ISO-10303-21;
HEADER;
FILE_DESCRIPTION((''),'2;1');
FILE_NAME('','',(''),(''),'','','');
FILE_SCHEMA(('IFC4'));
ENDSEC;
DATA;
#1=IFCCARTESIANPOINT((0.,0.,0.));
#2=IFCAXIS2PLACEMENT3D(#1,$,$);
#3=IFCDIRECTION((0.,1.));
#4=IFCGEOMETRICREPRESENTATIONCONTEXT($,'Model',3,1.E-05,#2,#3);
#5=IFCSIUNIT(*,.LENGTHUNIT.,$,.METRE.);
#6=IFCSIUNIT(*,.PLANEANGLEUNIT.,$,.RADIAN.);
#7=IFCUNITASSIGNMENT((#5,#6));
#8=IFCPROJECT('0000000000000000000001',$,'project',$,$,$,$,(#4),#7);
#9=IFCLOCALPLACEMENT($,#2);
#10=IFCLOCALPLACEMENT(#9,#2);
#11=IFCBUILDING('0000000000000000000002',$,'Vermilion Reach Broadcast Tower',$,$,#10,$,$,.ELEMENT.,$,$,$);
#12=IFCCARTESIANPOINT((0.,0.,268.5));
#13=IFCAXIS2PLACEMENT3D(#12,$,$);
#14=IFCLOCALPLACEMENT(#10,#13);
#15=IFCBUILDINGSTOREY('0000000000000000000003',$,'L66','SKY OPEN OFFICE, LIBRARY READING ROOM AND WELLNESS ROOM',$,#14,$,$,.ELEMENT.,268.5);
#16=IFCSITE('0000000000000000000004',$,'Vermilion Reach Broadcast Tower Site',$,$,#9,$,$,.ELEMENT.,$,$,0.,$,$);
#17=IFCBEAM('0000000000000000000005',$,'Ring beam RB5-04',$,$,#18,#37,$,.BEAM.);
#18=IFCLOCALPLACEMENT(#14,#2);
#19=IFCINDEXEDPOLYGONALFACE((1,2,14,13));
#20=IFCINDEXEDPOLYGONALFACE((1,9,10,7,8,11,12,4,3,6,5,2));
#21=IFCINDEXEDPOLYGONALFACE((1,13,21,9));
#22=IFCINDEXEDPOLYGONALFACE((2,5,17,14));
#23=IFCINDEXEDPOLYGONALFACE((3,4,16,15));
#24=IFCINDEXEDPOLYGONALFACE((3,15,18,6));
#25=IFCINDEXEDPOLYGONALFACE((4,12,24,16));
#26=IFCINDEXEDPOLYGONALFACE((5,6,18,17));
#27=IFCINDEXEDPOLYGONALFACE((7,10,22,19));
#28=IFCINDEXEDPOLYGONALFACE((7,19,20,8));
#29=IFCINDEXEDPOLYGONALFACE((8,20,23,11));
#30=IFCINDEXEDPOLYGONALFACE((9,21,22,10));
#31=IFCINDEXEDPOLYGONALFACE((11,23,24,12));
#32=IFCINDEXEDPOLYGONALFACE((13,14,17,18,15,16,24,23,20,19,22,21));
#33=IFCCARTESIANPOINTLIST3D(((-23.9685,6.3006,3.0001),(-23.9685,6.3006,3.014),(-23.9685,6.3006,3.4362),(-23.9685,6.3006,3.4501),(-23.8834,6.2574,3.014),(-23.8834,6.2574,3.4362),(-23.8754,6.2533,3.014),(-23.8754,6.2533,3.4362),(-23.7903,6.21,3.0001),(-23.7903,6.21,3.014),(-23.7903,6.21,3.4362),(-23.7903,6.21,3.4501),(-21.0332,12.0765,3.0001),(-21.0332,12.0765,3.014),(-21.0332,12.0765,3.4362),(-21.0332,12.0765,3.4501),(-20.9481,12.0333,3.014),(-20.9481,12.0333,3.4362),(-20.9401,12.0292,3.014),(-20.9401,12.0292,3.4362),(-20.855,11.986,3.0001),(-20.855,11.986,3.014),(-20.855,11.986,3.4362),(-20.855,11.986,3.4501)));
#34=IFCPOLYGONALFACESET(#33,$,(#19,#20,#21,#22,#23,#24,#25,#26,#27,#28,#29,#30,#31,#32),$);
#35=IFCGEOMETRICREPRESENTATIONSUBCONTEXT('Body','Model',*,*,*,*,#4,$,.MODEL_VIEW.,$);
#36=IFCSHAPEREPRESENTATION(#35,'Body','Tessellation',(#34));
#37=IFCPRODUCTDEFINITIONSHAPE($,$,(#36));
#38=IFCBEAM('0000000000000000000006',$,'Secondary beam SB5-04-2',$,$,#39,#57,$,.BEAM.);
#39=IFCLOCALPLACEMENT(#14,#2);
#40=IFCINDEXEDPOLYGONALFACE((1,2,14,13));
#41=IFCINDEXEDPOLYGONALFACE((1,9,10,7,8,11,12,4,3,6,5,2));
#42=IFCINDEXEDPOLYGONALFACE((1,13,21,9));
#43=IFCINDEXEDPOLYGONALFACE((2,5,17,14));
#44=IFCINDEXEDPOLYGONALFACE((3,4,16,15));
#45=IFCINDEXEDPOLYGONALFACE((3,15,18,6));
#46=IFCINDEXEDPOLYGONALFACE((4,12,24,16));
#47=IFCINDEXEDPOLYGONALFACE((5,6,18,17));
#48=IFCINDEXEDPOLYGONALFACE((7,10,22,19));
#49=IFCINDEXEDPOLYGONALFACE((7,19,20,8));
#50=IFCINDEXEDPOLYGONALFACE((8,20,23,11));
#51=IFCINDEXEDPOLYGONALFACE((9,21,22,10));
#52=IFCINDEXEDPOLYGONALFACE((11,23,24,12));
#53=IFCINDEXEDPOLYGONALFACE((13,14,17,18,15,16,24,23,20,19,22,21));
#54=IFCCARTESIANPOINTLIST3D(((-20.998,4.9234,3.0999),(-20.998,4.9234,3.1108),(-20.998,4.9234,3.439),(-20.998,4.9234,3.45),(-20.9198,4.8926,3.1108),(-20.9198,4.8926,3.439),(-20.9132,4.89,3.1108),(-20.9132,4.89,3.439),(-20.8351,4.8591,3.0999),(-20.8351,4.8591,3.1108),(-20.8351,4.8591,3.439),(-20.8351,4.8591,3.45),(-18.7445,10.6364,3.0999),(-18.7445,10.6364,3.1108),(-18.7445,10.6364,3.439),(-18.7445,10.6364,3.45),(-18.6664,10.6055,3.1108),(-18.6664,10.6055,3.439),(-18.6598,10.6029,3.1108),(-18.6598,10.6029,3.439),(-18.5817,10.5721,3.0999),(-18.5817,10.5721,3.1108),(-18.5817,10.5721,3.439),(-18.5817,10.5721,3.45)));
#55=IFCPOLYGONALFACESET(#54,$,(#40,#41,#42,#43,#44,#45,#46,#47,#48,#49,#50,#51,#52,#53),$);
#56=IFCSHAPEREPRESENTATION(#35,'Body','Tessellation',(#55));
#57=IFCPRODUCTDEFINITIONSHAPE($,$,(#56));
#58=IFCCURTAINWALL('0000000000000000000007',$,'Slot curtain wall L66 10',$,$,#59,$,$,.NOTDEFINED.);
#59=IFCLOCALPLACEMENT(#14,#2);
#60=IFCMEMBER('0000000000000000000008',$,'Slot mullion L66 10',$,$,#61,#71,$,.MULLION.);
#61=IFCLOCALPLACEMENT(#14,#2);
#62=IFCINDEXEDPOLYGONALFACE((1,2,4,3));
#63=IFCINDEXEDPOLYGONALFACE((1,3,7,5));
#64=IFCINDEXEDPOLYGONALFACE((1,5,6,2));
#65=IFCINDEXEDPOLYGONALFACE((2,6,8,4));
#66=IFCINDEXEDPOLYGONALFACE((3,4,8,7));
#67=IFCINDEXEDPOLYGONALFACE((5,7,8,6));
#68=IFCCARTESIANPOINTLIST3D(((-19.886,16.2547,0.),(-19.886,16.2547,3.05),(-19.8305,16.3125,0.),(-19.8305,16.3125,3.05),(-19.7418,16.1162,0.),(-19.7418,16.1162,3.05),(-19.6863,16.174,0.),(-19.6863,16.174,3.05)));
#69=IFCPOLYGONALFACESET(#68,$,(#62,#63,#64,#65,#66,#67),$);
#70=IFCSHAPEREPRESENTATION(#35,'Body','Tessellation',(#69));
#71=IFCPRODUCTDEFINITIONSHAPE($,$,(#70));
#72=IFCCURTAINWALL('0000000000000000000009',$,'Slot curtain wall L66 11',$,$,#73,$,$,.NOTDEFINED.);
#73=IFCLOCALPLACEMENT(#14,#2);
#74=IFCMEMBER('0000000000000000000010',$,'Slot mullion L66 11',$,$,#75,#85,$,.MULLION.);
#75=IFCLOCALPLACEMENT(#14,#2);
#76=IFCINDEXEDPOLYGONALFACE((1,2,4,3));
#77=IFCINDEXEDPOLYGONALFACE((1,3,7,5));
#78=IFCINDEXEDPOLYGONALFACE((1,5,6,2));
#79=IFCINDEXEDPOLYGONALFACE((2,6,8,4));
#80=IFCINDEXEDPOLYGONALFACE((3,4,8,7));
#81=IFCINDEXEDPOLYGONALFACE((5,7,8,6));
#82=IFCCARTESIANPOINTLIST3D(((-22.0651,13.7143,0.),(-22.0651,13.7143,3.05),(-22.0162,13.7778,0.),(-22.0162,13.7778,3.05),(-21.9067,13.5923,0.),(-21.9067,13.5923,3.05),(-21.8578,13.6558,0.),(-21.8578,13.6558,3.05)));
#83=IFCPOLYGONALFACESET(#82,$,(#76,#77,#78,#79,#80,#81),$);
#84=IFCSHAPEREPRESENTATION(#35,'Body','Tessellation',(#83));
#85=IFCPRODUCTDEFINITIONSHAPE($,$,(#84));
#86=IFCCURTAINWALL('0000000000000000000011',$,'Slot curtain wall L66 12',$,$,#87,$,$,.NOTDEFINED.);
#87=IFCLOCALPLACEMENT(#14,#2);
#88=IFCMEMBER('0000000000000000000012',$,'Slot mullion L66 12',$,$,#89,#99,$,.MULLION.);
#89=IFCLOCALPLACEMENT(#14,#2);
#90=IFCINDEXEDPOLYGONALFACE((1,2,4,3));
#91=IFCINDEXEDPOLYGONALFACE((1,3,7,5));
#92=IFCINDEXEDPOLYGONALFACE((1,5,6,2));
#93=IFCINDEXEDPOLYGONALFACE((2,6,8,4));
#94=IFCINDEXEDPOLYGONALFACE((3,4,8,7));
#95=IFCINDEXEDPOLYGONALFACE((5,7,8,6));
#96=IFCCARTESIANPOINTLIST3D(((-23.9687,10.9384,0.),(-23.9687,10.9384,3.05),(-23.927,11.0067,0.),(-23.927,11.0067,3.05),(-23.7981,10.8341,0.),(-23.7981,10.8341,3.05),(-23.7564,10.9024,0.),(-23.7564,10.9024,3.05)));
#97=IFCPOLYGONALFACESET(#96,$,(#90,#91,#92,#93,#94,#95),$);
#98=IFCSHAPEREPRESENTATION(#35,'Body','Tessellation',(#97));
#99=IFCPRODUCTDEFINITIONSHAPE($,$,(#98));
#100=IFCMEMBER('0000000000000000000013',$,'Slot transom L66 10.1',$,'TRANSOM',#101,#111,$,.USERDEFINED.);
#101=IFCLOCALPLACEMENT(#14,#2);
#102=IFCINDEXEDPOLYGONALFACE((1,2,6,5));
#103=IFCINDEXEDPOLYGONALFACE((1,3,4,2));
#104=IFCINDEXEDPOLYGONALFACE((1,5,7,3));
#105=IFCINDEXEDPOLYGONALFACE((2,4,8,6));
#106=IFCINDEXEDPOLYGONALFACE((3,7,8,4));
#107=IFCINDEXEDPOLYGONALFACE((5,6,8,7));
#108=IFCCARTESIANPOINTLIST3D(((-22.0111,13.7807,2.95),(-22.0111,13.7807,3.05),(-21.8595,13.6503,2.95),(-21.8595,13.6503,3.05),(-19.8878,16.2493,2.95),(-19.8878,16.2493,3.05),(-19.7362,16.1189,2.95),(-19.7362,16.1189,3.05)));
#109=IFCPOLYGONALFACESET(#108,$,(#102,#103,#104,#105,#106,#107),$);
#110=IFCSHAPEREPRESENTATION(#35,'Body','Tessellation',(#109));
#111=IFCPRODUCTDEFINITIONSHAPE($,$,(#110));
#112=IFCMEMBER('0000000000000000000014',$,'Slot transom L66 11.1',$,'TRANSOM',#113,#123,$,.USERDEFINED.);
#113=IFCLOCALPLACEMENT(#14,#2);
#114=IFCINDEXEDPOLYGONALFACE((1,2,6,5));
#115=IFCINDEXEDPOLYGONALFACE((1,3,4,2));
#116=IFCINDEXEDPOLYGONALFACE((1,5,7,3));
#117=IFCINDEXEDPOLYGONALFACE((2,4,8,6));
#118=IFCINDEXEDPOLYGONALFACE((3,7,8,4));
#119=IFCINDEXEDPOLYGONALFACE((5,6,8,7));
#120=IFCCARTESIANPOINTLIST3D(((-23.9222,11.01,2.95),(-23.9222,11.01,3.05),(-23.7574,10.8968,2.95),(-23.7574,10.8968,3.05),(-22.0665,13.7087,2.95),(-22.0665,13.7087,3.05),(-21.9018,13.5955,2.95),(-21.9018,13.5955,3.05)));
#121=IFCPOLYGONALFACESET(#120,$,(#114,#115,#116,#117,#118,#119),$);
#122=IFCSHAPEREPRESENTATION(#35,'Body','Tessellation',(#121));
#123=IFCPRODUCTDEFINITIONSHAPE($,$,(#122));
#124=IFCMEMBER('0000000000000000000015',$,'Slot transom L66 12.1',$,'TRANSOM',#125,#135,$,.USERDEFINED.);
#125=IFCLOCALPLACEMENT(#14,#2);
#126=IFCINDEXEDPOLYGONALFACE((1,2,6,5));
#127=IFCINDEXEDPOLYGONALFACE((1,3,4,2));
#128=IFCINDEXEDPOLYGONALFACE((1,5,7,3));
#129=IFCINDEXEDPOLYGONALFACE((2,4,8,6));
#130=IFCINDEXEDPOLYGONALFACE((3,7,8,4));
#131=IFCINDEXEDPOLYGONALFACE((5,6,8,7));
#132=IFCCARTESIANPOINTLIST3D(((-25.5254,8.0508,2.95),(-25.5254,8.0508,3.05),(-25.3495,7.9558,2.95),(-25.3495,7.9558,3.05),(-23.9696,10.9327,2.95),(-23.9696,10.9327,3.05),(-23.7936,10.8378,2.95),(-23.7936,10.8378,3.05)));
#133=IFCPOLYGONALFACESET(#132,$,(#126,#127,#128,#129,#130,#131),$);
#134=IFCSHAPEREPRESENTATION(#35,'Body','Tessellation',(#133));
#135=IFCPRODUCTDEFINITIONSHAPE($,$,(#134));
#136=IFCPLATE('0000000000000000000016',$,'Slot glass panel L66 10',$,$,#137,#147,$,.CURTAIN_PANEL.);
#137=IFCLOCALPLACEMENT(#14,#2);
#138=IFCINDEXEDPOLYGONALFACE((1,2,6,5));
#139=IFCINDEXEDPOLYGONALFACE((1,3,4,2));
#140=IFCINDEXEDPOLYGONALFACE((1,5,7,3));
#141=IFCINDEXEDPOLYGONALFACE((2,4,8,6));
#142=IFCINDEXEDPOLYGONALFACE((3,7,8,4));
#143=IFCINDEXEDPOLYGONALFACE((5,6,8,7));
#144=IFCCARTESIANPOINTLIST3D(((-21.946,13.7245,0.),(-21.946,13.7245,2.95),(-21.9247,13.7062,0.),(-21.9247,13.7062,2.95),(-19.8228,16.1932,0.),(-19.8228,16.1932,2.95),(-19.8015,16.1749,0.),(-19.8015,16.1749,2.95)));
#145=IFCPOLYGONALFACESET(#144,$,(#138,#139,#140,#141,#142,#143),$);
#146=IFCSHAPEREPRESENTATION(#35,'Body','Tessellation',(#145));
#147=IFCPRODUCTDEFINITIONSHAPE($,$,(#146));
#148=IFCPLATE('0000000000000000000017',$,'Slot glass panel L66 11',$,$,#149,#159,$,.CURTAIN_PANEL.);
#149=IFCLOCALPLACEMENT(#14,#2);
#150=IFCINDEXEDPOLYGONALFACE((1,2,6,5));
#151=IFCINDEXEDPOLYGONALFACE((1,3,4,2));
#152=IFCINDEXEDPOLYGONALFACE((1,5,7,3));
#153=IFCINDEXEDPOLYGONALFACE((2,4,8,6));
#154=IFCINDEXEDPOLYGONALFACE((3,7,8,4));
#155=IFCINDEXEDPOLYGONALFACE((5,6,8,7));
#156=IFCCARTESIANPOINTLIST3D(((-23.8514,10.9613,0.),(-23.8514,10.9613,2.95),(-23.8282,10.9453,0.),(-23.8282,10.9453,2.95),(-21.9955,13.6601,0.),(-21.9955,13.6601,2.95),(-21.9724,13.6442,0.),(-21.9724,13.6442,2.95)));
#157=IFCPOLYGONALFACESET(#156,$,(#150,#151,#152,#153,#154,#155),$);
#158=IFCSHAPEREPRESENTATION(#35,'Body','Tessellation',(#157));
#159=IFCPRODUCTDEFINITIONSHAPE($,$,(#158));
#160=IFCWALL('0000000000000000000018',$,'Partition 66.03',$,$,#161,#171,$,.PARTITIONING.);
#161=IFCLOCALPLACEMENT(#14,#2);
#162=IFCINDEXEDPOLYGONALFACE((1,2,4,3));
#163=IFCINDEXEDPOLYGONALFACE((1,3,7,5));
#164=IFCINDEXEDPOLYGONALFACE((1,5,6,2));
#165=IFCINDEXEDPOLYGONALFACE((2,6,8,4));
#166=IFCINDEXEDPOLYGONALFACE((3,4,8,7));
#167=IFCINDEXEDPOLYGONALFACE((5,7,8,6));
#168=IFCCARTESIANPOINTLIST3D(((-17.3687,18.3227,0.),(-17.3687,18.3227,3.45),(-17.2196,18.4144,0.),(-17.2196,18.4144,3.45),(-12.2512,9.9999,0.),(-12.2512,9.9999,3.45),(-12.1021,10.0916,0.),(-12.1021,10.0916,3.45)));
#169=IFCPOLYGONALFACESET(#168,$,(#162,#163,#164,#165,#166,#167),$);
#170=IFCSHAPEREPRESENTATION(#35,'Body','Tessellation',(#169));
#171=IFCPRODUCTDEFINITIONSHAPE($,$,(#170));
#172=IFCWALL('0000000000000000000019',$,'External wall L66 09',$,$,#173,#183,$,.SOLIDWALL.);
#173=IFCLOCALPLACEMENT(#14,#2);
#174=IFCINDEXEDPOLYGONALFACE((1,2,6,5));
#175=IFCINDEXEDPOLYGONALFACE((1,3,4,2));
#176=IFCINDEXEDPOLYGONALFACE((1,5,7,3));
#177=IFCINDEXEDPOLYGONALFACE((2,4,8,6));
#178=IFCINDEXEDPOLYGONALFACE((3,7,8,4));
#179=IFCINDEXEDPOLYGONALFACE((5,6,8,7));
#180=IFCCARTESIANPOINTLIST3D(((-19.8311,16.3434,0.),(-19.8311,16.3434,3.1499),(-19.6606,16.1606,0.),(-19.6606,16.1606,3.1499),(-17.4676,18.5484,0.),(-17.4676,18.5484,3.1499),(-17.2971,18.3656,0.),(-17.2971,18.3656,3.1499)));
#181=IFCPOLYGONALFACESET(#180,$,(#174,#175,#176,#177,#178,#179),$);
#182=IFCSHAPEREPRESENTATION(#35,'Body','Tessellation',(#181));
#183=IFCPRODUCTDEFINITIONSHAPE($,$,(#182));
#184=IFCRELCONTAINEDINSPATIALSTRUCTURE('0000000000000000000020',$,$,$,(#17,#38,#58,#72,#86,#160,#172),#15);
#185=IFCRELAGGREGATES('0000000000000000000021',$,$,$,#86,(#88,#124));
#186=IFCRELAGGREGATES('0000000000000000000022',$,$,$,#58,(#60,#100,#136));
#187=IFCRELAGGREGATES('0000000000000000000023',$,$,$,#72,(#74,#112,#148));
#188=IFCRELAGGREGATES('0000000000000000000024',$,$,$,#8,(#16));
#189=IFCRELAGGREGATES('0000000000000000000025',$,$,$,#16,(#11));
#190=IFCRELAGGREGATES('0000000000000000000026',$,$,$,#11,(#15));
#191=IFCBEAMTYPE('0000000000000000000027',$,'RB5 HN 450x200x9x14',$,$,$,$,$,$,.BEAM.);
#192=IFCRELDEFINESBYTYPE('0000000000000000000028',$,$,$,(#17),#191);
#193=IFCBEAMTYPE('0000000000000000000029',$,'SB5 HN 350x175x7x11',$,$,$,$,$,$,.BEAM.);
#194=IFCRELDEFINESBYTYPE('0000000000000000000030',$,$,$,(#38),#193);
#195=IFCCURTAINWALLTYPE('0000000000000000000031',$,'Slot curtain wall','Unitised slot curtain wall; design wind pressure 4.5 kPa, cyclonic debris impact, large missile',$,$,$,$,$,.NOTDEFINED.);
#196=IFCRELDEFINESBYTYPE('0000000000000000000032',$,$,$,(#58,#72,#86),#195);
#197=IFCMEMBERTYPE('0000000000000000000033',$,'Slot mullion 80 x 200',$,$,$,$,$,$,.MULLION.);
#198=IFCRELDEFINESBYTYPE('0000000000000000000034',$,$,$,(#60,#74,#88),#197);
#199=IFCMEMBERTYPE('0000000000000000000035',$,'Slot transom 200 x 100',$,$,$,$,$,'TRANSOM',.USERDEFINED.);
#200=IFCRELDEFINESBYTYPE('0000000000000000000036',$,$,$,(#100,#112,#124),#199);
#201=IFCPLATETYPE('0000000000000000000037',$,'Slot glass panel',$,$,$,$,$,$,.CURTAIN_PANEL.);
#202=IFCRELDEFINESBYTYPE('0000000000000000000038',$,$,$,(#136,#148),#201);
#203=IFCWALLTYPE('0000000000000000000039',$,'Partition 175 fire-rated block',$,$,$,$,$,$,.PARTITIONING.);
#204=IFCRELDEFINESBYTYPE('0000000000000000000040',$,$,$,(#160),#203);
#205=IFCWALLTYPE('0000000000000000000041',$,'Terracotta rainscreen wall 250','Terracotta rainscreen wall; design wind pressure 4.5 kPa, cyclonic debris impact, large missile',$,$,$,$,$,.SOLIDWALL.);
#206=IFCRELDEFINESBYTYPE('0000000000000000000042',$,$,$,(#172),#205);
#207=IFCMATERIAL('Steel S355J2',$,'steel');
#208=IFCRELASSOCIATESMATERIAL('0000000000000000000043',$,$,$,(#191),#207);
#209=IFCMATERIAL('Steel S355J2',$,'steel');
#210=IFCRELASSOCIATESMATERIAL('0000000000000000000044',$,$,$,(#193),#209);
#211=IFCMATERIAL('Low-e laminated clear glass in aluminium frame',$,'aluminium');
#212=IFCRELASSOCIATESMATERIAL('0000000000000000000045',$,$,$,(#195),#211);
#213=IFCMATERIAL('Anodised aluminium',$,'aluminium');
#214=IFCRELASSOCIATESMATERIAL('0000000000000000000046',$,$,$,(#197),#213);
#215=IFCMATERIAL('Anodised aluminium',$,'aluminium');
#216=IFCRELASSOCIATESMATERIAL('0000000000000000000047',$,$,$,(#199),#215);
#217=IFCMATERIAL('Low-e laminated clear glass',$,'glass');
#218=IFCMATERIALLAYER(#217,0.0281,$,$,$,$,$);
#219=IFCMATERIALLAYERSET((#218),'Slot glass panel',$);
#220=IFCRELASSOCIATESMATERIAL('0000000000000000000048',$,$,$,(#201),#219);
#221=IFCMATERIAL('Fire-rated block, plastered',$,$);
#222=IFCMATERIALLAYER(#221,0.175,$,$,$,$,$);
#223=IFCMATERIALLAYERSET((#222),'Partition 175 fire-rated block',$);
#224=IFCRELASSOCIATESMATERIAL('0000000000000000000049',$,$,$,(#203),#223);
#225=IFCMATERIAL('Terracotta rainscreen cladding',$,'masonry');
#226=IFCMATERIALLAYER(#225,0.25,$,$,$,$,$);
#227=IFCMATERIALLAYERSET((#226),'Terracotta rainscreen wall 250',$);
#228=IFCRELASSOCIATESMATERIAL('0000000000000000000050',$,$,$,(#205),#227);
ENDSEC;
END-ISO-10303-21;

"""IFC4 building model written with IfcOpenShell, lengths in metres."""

from ifc_helpers import new_model, si_unit, direction, frame, frame_2d, origin, origin_2d, place, context, subcontext, project, spatial, rectangle, i_section, extrude, material, layer, layer_set, material_profile, profile_set, type_object, element, aggregate, save


model = new_model("IFC4")

# Units and contexts
model_context = context("Model", 3, precision=1e-05, world=origin(), true_north=direction((0.0, 1.0)))
body_context = subcontext(model_context, "Body", "Model", "MODEL_VIEW")
ifc_project = project(units=[si_unit("LENGTHUNIT", "METRE"), si_unit("PLANEANGLEUNIT", "RADIAN")], contexts=[model_context])

# Site, building, storey
site_placement = place(None, origin())
site = spatial("IfcSite", under=ifc_project, at=site_placement, Name="Vermilion Reach Broadcast Tower Site", CompositionType="ELEMENT", RefElevation=0.0)
building_placement = place(site_placement, origin())
building = spatial("IfcBuilding", under=site, at=building_placement, Name="Vermilion Reach Broadcast Tower", CompositionType="ELEMENT")
storey_placement = place(building_placement, frame((0.0, 0.0, 268.5)))
storey = spatial("IfcBuildingStorey", under=building, at=storey_placement, Name="L66", Description="SKY OPEN OFFICE, LIBRARY READING ROOM AND WELLNESS ROOM", CompositionType="ELEMENT", Elevation=268.5)

# Beams
ifc_material_1 = material(Name="Steel S355J2", Category="steel")
ifc_material_profile_1 = material_profile(ifc_material_1, i_section(OverallWidth=0.2, OverallDepth=0.45, WebThickness=0.009, FlangeThickness=0.0139, at=origin_2d()), Name="S355J2 HN 450x200x9x14")
ifc_profile_set_1 = profile_set([ifc_material_profile_1], Name="Steel S355J2")
beam_type_1 = type_object("IfcBeamType", Name="RB5 HN 450x200x9x14", PredefinedType="BEAM", material=ifc_profile_set_1)
beam_1_placement = place(storey_placement, frame((-20.9441, 12.0312, 3.2251), z_axis=(-0.453052, -0.891484, 0.0), x_axis=(0.891484, -0.453052, 0.0)))
element("IfcBeam", 1, at=beam_1_placement, inside=storey, type_object=beam_type_1, Name="Ring beam RB5-04", PredefinedType="BEAM", context=body_context, shape_type="SweptSolid", body=[
    extrude(i_section(OverallWidth=0.2, OverallDepth=0.45, WebThickness=0.009, FlangeThickness=0.0139, at=origin_2d()), origin(), (0.0, 0.0, 1.0), 6.479),
])
ifc_material_2 = material(Name="Steel S355J2", Category="steel")
ifc_material_profile_2 = material_profile(ifc_material_2, i_section(OverallWidth=0.175, OverallDepth=0.3501, WebThickness=0.0071, FlangeThickness=0.011, at=origin_2d()), Name="S355J2 HN 350x175x7x11")
ifc_profile_set_2 = profile_set([ifc_material_profile_2], Name="Steel S355J2")
beam_type_2 = type_object("IfcBeamType", Name="SB5 HN 350x175x7x11", PredefinedType="BEAM", material=ifc_profile_set_2)
beam_2_placement = place(storey_placement, frame((-18.6631, 10.6042, 3.2749), z_axis=(-0.366931, -0.930248, 0.0), x_axis=(0.930248, -0.366931, 0.0)))
element("IfcBeam", 2, at=beam_2_placement, inside=storey, type_object=beam_type_2, Name="Secondary beam SB5-04-2", PredefinedType="BEAM", context=body_context, shape_type="SweptSolid", body=[
    extrude(i_section(OverallWidth=0.175, OverallDepth=0.3501, WebThickness=0.0071, FlangeThickness=0.011, at=origin_2d()), origin(), (0.0, 0.0, 1.0), 6.1414),
])

# Curtain walls, members
ifc_material_3 = material(Name="Low-e laminated clear glass in aluminium frame", Category="aluminium")
curtain_wall_type = type_object("IfcCurtainWallType", Name="Slot curtain wall", Description="Unitised slot curtain wall; design wind pressure 4.5 kPa, cyclonic debris impact, large missile", PredefinedType="NOTDEFINED", material=ifc_material_3)
placement = place(storey_placement, origin())
curtain_wall_1 = element("IfcCurtainWall", 3, at=placement, inside=storey, type_object=curtain_wall_type, Name="Slot curtain wall L66 10", PredefinedType="NOTDEFINED")
ifc_material_4 = material(Name="Anodised aluminium", Category="aluminium")
ifc_material_profile_3 = material_profile(ifc_material_4, rectangle(XDim=0.2, YDim=0.0801, at=origin_2d()), Name="Slot mullion 80 x 200")
ifc_profile_set_3 = profile_set([ifc_material_profile_3], Name="Anodised aluminium")
member_type_1 = type_object("IfcMemberType", Name="Slot mullion 80 x 200", PredefinedType="MULLION", material=ifc_profile_set_3)
member_1_placement = place(storey_placement, frame((-19.7861, 16.2144, 0.0), z_axis=(0.0, 0.0, 1.0), x_axis=(0.721265, -0.692659, 0.0)))
member_1 = element("IfcMember", 4, at=member_1_placement, type_object=member_type_1, Name="Slot mullion L66 10", PredefinedType="MULLION", context=body_context, shape_type="SweptSolid", body=[
    extrude(rectangle(XDim=0.2, YDim=0.0801, at=origin_2d()), origin(), (0.0, 0.0, 1.0), 3.05),
])
curtain_wall_2 = element("IfcCurtainWall", 5, at=placement, inside=storey, type_object=curtain_wall_type, Name="Slot curtain wall L66 11", PredefinedType="NOTDEFINED")
member_2_placement = place(storey_placement, frame((-21.9614, 13.6851, 0.0), z_axis=(0.0, 0.0, 1.0), x_axis=(0.792227, -0.610227, 0.0)))
member_2 = element("IfcMember", 6, at=member_2_placement, type_object=member_type_1, Name="Slot mullion L66 11", PredefinedType="MULLION", context=body_context, shape_type="SweptSolid", body=[
    extrude(rectangle(XDim=0.2, YDim=0.0801, at=origin_2d()), origin(), (0.0, 0.0, 1.0), 3.05),
])
curtain_wall_3 = element("IfcCurtainWall", 7, at=placement, inside=storey, type_object=curtain_wall_type, Name="Slot curtain wall L66 12", PredefinedType="NOTDEFINED")
member_3_placement = place(storey_placement, frame((-23.8625, 10.9204, 0.0), z_axis=(0.0, 0.0, 1.0), x_axis=(0.853187, -0.521605, 0.0)))
member_3 = element("IfcMember", 8, at=member_3_placement, type_object=member_type_1, Name="Slot mullion L66 12", PredefinedType="MULLION", context=body_context, shape_type="SweptSolid", body=[
    extrude(rectangle(XDim=0.2, YDim=0.0801, at=origin_2d()), origin(), (0.0, 0.0, 1.0), 3.05),
])

# Members
ifc_material_5 = material(Name="Anodised aluminium", Category="aluminium")
ifc_material_profile_4 = material_profile(ifc_material_5, rectangle(XDim=0.2, YDim=0.1001, at=origin_2d()), Name="Slot transom 200 x 100")
ifc_profile_set_4 = profile_set([ifc_material_profile_4], Name="Anodised aluminium")
member_type_2 = type_object("IfcMemberType", Name="Slot transom 200 x 100", ElementType="TRANSOM", PredefinedType="USERDEFINED", material=ifc_profile_set_4)
member_4_placement = place(storey_placement, frame((-19.812, 16.1841, 3.0), z_axis=(-0.652106, -0.758128, 0.0), x_axis=(0.758128, -0.652106, 0.0)))
member_4 = element("IfcMember", 9, at=member_4_placement, type_object=member_type_2, Name="Slot transom L66 10.1", ObjectType="TRANSOM", PredefinedType="USERDEFINED", context=body_context, shape_type="SweptSolid", body=[
    extrude(rectangle(XDim=0.2, YDim=0.1001, at=origin_2d()), origin(), (0.0, 0.0, 1.0), 3.2561),
])
member_5_placement = place(storey_placement, frame((-21.9841, 13.6521, 3.0), z_axis=(-0.566598, -0.823994, 0.0), x_axis=(0.823994, -0.566598, 0.0)))
member_5 = element("IfcMember", 10, at=member_5_placement, type_object=member_type_2, Name="Slot transom L66 11.1", ObjectType="TRANSOM", PredefinedType="USERDEFINED", context=body_context, shape_type="SweptSolid", body=[
    extrude(rectangle(XDim=0.2, YDim=0.1001, at=origin_2d()), origin(), (0.0, 0.0, 1.0), 3.2751),
])
member_6_placement = place(storey_placement, frame((-23.8816, 10.8853, 3.0), z_axis=(-0.475051, -0.879958, 0.0), x_axis=(0.879958, -0.475051, 0.0)))
member_6 = element("IfcMember", 11, at=member_6_placement, type_object=member_type_2, Name="Slot transom L66 12.1", ObjectType="TRANSOM", PredefinedType="USERDEFINED", context=body_context, shape_type="SweptSolid", body=[
    extrude(rectangle(XDim=0.2, YDim=0.1001, at=origin_2d()), origin(), (0.0, 0.0, 1.0), 3.2751),
])
aggregate(curtain_wall_3, [member_3, member_6])

# Plates
ifc_material_6 = material(Name="Low-e laminated clear glass", Category="glass")
ifc_layer_1 = layer(ifc_material_6, 0.0281)
ifc_layer_set_1 = layer_set([ifc_layer_1], Name="Slot glass panel")
plate_type = type_object("IfcPlateType", Name="Slot glass panel", PredefinedType="CURTAIN_PANEL", material=ifc_layer_set_1)
plate_1_placement = place(storey_placement, frame((-20.8738, 14.9497, 0.0), z_axis=(0.0, 0.0, 1.0), x_axis=(-0.652066, -0.758162, 0.0)))
plate_1 = element("IfcPlate", 12, at=plate_1_placement, type_object=plate_type, Name="Slot glass panel L66 10", PredefinedType="CURTAIN_PANEL", context=body_context, shape_type="SweptSolid", body=[
    extrude(rectangle(XDim=3.2561, YDim=0.0281, at=origin_2d()), origin(), (0.0, 0.0, 1.0), 2.95),
])
aggregate(curtain_wall_1, [member_1, member_4, plate_1])
plate_2_placement = place(storey_placement, frame((-22.9119, 12.3027, 0.0), z_axis=(0.0, 0.0, 1.0), x_axis=(-0.566612, -0.823985, 0.0)))
plate_2 = element("IfcPlate", 13, at=plate_2_placement, type_object=plate_type, Name="Slot glass panel L66 11", PredefinedType="CURTAIN_PANEL", context=body_context, shape_type="SweptSolid", body=[
    extrude(rectangle(XDim=3.2754, YDim=0.0281, at=origin_2d()), origin(), (0.0, 0.0, 1.0), 2.95),
])
aggregate(curtain_wall_2, [member_2, member_5, plate_2])

# Walls
ifc_material_7 = material(Name="Fire-rated block, plastered")
ifc_layer_2 = layer(ifc_material_7, 0.175)
ifc_layer_set_2 = layer_set([ifc_layer_2], Name="Partition 175 fire-rated block")
wall_type_1 = type_object("IfcWallType", Name="Partition 175 fire-rated block", PredefinedType="PARTITIONING", material=ifc_layer_set_2)
wall_1_placement = place(storey_placement, frame((-17.2942, 18.3687, 0.0), z_axis=(0.0, 0.0, 1.0), x_axis=(0.523781, -0.851853, 0.0)))
element("IfcWall", 14, at=wall_1_placement, inside=storey, type_object=wall_type_1, Name="Partition 66.03", PredefinedType="PARTITIONING", context=body_context, shape_type="SweptSolid", body=[
    extrude(rectangle(XDim=9.7703, YDim=0.175, at=frame_2d((4.8853, 0.0))), origin(), (0.0, 0.0, 1.0), 3.45),
])
ifc_material_8 = material(Name="Terracotta rainscreen cladding", Category="masonry")
ifc_layer_3 = layer(ifc_material_8, 0.25)
ifc_layer_set_3 = layer_set([ifc_layer_3], Name="Terracotta rainscreen wall 250")
wall_type_2 = type_object("IfcWallType", Name="Terracotta rainscreen wall 250", Description="Terracotta rainscreen wall; design wind pressure 4.5 kPa, cyclonic debris impact, large missile", PredefinedType="SOLIDWALL", material=ifc_layer_set_3)
wall_2_placement = place(storey_placement, frame((-17.3823, 18.457, 0.0), z_axis=(0.0, 0.0, 1.0), x_axis=(-0.731191, -0.682173, 0.0)))
element("IfcWall", 15, at=wall_2_placement, inside=storey, type_object=wall_type_2, Name="External wall L66 09", PredefinedType="SOLIDWALL", context=body_context, shape_type="SweptSolid", body=[
    extrude(rectangle(XDim=3.2324, YDim=0.25, at=frame_2d((1.6162, 0.0))), origin(), (0.0, 0.0, 1.0), 3.1499),
])

save(model, "model.ifc")
